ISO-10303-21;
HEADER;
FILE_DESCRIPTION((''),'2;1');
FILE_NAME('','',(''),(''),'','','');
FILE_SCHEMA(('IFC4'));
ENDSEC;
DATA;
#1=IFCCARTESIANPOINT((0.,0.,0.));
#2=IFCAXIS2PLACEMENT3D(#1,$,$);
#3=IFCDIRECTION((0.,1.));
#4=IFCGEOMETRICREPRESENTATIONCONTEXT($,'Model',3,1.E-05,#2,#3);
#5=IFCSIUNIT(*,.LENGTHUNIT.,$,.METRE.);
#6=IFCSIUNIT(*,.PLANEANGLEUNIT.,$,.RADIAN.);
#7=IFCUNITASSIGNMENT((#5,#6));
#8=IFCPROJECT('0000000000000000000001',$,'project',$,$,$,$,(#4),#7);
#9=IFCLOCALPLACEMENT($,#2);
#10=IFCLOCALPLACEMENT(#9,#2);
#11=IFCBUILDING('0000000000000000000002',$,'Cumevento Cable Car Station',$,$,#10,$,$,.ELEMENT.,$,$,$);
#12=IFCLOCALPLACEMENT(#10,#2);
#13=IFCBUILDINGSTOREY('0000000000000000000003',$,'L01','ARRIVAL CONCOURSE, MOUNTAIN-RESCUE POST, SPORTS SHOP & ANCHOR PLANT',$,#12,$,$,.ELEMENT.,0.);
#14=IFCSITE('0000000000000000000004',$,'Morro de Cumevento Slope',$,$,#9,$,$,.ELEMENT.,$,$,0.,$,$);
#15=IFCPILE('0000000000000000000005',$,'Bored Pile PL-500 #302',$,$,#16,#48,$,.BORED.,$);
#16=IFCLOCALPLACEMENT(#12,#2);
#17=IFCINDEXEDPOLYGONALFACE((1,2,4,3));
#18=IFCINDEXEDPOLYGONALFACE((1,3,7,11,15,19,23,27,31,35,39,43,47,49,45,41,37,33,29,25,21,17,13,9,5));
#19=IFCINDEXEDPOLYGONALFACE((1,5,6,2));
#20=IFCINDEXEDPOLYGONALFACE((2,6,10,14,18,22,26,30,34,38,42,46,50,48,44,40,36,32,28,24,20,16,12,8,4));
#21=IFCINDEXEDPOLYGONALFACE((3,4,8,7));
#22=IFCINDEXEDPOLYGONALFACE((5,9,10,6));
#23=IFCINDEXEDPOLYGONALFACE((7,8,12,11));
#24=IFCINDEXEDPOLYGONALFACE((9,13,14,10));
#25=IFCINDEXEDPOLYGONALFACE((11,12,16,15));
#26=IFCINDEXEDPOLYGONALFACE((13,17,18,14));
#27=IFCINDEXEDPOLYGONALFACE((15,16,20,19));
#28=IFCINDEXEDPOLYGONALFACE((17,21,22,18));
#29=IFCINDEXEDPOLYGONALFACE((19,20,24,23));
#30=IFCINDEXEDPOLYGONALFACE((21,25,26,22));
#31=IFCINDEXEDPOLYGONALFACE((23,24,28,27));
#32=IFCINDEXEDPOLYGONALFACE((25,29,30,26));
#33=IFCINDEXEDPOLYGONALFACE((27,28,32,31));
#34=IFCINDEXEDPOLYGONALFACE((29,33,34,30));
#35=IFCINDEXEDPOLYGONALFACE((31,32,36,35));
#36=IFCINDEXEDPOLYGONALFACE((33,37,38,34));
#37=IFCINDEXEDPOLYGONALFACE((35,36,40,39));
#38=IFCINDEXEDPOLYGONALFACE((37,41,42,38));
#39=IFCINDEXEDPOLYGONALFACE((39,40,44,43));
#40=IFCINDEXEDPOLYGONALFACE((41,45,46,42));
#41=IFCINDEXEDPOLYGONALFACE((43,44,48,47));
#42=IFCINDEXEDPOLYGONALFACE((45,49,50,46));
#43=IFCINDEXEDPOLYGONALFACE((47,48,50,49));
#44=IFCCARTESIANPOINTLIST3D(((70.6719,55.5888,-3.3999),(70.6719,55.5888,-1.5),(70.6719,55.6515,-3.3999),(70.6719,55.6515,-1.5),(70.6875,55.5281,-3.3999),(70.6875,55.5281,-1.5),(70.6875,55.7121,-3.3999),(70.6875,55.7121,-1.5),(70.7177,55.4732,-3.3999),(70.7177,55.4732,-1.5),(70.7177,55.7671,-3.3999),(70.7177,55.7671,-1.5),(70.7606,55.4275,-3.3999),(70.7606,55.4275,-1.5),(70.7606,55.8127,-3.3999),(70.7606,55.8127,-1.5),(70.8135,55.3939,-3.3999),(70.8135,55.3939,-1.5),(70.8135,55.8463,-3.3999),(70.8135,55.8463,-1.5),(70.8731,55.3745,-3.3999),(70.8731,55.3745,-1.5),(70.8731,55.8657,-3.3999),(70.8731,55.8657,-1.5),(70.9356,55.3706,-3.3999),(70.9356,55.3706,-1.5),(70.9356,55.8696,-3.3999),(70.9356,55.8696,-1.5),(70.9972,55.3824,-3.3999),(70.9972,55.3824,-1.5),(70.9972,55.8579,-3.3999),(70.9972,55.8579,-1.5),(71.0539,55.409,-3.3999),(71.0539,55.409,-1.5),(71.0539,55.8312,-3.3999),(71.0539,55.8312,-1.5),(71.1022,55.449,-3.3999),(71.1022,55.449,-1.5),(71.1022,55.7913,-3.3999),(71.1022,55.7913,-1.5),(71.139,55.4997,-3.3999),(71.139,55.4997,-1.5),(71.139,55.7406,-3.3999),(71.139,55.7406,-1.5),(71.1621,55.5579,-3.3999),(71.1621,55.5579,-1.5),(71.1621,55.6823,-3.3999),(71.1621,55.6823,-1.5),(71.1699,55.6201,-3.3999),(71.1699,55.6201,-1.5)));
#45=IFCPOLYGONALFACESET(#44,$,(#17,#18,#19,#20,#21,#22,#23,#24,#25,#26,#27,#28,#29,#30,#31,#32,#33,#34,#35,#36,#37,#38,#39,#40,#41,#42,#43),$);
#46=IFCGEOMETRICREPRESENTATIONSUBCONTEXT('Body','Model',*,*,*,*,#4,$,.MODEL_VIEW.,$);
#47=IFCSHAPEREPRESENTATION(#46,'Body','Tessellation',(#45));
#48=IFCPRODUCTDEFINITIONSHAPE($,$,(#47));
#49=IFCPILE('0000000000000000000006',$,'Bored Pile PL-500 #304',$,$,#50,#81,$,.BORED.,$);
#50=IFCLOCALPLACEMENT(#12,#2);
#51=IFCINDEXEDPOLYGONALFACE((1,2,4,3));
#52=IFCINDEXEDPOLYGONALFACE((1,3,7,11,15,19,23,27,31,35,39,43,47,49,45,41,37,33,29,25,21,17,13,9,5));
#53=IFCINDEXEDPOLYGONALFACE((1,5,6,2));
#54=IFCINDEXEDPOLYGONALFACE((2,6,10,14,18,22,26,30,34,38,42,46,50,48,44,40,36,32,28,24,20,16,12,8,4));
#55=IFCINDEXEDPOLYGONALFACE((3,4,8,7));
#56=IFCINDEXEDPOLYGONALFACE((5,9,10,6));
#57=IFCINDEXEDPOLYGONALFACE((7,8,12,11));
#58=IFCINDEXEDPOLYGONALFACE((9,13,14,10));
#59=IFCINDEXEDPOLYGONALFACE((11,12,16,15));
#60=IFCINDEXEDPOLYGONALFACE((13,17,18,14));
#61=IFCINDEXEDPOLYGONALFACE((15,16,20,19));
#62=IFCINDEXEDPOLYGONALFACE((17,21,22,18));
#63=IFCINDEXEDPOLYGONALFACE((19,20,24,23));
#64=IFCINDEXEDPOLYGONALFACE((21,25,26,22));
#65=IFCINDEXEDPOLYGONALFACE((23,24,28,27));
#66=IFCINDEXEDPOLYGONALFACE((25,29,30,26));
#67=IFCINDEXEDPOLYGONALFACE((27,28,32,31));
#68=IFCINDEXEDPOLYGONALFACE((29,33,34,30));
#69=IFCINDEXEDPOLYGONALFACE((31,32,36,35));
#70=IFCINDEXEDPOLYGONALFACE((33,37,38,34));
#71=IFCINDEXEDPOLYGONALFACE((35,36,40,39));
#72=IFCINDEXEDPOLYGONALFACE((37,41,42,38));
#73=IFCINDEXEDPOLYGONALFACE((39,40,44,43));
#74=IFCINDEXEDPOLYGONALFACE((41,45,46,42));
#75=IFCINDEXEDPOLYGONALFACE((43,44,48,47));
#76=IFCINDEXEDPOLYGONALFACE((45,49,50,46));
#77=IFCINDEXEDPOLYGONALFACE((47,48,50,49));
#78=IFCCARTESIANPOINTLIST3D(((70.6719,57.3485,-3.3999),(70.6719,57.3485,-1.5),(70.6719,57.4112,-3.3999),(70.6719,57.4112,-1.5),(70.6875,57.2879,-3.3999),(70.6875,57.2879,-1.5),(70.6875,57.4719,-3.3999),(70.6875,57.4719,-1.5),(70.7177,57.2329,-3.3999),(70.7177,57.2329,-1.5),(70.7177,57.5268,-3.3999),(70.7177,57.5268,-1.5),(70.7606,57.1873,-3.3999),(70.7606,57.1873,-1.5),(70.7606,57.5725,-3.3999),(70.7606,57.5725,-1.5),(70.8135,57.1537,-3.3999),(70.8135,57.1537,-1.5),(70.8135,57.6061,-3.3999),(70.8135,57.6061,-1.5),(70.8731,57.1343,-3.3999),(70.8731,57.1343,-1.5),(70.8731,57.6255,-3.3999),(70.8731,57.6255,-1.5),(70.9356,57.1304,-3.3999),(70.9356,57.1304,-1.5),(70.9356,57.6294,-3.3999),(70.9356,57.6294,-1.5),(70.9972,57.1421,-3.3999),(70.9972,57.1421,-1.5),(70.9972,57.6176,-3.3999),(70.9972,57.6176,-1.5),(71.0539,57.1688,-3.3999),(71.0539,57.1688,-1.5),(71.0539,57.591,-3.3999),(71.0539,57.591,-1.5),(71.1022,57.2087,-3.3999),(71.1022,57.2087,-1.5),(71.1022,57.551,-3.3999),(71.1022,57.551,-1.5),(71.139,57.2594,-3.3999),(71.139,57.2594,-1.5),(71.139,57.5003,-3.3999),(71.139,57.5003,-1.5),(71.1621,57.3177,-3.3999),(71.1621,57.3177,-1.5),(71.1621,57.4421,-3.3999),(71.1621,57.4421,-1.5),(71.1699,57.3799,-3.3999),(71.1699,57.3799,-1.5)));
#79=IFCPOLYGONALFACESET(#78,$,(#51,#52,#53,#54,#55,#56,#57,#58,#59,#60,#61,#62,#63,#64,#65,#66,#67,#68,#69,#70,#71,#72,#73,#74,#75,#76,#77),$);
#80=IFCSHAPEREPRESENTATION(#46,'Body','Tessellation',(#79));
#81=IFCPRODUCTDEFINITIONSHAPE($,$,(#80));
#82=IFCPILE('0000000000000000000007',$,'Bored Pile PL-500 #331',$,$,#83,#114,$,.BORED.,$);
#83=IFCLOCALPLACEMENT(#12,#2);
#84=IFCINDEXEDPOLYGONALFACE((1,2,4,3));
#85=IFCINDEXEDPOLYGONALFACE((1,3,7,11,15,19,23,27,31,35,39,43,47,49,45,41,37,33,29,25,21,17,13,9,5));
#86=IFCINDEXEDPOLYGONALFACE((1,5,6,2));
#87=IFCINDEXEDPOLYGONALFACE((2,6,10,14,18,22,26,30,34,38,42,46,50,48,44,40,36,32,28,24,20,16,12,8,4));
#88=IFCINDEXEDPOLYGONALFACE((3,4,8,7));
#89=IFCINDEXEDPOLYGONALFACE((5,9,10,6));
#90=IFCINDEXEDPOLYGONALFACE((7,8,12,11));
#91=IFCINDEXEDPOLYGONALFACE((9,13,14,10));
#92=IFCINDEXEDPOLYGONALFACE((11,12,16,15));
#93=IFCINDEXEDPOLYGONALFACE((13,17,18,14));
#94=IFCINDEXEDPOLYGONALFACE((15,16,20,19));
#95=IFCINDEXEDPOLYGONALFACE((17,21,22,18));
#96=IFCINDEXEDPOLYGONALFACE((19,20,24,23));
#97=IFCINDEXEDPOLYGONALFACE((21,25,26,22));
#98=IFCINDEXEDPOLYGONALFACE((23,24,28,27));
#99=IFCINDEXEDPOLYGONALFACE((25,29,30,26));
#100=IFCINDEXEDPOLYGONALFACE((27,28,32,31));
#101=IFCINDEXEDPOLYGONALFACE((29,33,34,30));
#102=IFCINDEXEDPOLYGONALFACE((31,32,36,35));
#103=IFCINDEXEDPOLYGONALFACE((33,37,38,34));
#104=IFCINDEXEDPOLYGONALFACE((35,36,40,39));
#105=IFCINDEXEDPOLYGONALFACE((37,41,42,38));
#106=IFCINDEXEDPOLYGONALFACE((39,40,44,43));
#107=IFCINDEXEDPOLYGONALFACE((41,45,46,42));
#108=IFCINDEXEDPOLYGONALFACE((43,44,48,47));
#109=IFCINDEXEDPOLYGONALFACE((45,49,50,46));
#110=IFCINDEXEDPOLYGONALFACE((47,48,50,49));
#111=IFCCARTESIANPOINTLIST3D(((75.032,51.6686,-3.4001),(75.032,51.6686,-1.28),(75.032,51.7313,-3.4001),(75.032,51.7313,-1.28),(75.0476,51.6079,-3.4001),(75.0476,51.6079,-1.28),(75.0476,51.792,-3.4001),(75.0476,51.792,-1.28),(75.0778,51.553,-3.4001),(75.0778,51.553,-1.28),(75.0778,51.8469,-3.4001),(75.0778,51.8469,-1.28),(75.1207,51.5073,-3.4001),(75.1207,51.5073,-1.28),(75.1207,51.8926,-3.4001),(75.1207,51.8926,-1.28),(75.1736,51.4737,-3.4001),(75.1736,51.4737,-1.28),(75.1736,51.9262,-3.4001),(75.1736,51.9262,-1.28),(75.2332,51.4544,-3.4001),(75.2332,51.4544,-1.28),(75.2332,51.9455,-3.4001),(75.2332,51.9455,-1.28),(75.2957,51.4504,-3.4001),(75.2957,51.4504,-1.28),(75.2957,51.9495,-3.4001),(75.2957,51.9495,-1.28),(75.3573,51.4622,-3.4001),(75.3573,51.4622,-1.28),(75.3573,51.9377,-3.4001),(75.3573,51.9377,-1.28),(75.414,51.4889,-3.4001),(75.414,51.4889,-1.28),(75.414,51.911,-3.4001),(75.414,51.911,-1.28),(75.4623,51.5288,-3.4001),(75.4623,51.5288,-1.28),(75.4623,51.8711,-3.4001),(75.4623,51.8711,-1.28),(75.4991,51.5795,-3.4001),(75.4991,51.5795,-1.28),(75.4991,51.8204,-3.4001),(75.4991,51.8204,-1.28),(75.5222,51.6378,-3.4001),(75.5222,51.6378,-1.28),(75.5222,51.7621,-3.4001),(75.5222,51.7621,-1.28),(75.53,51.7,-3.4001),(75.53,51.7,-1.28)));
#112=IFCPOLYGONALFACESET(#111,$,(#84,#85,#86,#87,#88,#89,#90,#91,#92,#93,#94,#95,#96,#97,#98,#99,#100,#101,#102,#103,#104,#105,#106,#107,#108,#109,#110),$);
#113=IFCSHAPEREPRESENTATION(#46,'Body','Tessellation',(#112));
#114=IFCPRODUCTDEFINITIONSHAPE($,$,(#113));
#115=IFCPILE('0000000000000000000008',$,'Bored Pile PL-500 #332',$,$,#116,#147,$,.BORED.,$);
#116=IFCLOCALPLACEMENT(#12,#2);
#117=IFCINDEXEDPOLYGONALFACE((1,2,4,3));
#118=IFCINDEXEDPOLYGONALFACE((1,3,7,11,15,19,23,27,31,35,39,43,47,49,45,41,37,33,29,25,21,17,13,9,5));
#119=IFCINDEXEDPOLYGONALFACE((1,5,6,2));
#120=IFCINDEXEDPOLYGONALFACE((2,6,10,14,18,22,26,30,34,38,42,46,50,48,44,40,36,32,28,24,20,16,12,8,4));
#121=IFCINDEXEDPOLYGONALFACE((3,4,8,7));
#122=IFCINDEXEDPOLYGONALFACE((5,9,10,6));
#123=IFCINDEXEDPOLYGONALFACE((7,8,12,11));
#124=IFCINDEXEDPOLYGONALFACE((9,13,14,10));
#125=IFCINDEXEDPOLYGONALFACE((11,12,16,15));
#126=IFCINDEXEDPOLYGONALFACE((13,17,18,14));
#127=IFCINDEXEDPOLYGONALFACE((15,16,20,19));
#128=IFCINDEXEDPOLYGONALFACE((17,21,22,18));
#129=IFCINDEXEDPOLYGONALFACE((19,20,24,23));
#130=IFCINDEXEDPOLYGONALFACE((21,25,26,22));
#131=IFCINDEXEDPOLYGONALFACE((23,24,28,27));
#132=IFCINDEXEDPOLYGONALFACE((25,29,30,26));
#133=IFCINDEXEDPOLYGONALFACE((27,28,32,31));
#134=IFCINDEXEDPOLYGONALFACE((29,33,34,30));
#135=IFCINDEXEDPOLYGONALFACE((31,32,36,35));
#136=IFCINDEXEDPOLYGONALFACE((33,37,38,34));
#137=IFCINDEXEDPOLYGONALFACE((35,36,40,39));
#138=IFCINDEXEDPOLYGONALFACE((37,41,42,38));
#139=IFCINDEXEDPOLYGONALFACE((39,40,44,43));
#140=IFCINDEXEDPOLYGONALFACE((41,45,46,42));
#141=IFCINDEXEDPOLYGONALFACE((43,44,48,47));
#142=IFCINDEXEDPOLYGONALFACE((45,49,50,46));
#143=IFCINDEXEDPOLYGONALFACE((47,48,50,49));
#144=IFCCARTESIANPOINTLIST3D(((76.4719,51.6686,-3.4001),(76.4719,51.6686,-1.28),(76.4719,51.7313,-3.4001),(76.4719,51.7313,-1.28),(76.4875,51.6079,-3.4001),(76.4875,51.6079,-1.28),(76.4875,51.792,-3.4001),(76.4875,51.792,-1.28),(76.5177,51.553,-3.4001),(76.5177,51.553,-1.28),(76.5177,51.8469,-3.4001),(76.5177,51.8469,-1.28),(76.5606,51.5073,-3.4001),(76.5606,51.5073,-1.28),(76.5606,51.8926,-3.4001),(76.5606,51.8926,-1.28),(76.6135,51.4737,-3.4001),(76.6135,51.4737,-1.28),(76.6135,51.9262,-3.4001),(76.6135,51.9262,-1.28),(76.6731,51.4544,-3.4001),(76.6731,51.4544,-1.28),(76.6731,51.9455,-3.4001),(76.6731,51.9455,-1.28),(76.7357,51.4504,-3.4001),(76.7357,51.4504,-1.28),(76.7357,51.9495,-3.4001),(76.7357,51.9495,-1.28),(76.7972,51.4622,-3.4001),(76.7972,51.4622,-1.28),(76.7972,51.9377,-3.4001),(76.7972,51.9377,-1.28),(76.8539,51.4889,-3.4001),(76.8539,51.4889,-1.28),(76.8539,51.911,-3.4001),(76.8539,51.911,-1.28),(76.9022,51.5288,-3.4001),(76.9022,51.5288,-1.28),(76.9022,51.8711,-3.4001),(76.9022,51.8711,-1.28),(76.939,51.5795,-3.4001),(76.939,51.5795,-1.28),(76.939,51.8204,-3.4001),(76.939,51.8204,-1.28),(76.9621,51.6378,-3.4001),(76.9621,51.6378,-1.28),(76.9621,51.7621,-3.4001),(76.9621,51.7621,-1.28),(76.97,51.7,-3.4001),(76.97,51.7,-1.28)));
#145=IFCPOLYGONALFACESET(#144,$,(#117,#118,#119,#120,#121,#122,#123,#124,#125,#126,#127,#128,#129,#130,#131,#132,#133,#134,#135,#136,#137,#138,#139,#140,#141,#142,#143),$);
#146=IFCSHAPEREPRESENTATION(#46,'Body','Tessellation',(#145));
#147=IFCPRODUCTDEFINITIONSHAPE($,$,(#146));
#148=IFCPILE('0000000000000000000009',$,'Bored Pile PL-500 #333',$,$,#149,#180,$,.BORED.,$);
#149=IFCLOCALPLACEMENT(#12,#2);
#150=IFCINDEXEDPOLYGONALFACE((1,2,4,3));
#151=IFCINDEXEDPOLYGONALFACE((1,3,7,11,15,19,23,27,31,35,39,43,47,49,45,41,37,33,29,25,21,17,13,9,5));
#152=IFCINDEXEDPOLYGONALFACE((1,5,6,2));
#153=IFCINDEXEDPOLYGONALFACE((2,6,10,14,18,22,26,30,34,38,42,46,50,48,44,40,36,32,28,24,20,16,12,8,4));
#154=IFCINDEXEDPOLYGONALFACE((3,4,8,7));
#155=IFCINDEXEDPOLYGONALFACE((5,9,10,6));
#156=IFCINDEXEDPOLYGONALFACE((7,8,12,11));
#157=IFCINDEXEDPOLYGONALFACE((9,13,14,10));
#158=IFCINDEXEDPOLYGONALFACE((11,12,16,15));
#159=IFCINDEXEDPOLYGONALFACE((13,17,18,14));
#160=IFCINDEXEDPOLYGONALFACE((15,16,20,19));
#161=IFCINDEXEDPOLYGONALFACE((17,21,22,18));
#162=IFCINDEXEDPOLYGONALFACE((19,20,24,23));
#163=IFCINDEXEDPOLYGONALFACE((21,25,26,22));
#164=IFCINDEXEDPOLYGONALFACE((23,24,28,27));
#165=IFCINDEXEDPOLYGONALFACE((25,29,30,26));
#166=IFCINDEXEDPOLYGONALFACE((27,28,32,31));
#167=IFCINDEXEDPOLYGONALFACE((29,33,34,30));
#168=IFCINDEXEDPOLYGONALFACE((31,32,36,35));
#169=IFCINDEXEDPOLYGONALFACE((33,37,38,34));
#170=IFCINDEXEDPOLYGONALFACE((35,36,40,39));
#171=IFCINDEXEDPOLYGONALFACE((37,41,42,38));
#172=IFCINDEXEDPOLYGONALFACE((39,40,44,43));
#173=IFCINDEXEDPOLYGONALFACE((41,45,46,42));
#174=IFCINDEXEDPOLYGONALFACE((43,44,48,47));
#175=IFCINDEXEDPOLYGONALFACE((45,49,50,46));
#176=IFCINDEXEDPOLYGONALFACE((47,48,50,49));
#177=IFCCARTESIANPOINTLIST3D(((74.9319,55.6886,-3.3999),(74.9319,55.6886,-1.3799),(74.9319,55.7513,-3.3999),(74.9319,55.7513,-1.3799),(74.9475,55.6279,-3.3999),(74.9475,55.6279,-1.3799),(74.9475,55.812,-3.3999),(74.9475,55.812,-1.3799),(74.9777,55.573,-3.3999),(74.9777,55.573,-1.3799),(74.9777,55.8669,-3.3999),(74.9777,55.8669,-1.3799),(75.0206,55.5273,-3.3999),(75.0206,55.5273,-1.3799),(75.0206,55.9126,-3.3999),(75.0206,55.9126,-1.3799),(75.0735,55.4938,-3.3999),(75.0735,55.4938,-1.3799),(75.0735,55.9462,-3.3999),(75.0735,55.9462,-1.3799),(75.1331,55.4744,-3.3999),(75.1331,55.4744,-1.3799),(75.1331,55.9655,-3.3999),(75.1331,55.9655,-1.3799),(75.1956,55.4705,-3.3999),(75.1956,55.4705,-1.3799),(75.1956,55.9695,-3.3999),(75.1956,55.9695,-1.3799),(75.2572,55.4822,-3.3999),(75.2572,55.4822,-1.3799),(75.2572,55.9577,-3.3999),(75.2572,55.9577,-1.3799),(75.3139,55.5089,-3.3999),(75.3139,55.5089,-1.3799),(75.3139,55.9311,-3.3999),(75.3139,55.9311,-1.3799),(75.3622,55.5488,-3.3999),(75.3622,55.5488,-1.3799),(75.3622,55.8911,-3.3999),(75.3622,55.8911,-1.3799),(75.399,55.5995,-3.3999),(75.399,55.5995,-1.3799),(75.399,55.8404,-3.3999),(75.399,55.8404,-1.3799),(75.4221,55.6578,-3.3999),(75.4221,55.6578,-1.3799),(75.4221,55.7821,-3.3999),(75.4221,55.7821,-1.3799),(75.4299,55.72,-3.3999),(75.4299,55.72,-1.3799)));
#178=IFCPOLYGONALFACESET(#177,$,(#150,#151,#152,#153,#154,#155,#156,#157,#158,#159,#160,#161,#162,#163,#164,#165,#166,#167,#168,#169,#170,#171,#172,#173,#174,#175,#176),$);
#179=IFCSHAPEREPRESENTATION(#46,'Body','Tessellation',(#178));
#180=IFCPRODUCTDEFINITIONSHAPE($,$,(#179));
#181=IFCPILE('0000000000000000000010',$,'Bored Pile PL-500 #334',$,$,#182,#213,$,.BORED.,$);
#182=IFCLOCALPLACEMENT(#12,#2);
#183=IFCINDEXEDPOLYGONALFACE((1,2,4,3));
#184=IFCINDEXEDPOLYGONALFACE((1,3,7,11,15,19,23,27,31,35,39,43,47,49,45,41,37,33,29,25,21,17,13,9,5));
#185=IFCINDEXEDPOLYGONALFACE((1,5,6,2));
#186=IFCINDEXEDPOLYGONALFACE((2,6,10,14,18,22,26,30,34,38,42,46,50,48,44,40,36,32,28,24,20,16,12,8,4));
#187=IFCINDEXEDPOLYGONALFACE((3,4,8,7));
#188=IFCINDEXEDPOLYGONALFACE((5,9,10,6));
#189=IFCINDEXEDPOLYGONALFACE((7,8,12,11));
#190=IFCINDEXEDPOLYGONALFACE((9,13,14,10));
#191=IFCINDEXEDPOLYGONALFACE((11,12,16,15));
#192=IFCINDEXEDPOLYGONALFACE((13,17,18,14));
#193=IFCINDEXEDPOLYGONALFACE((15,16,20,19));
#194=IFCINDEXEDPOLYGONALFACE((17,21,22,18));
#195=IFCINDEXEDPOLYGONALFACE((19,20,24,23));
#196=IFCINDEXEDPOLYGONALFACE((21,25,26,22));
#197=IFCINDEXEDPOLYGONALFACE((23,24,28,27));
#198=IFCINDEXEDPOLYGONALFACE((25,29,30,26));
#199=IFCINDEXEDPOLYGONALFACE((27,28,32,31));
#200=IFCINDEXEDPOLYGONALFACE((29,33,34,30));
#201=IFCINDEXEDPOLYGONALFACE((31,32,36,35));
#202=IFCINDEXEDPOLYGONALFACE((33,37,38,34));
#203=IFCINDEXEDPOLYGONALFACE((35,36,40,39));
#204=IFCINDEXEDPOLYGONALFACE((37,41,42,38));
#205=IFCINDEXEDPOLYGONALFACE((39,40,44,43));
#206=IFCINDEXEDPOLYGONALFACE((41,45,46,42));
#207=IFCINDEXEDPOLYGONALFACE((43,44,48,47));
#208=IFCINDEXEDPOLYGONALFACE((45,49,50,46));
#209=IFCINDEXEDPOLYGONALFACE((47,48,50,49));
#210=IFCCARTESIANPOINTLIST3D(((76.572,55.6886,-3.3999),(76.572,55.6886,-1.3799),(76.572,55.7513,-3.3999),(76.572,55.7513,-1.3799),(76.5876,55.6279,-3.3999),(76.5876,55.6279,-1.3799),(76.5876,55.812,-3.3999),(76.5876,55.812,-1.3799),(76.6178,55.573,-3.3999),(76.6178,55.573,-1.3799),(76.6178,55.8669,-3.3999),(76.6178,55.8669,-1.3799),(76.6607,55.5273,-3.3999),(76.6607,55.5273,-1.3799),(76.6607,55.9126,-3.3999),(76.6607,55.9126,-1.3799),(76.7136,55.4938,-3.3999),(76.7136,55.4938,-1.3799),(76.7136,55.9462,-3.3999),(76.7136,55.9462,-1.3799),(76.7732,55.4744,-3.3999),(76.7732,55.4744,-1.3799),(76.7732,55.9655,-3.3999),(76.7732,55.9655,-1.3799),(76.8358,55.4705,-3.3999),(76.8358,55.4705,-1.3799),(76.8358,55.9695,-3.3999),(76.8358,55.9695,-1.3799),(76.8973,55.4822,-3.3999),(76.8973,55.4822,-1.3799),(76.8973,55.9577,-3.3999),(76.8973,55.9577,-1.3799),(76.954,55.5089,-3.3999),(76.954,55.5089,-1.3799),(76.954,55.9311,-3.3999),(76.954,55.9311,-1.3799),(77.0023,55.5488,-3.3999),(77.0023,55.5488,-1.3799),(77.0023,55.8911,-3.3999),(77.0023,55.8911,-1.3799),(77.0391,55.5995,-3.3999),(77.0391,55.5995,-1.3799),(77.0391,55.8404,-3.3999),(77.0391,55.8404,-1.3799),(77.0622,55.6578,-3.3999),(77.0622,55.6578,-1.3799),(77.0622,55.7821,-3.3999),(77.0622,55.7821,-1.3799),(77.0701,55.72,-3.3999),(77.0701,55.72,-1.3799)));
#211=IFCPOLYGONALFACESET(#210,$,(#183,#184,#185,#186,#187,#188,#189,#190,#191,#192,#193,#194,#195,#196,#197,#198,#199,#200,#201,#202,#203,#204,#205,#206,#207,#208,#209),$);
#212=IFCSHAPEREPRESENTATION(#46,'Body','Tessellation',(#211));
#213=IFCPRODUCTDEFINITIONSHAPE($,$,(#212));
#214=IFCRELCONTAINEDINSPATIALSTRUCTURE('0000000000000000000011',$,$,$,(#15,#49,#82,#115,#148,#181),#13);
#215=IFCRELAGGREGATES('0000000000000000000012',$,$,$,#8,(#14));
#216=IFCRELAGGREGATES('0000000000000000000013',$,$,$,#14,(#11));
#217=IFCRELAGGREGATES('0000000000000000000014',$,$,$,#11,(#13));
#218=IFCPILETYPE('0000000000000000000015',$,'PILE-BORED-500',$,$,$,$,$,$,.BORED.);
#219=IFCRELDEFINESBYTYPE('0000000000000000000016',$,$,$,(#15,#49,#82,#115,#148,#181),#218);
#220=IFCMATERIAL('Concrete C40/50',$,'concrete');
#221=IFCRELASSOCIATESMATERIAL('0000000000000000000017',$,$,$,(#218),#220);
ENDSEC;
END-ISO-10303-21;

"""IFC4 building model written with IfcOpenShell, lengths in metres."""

from ifc_helpers import new_model, si_unit, direction, frame, origin, origin_2d, place, context, subcontext, project, spatial, circle, extrude, material, material_profile, profile_set, type_object, element, save


model = new_model("IFC4")

# Units and contexts
model_context = context("Model", 3, precision=1e-05, world=origin(), true_north=direction((0.0, 1.0)))
body_context = subcontext(model_context, "Body", "Model", "MODEL_VIEW")
ifc_project = project(units=[si_unit("LENGTHUNIT", "METRE"), si_unit("PLANEANGLEUNIT", "RADIAN")], contexts=[model_context])

# Site, building, storey
site_placement = place(None, origin())
site = spatial("IfcSite", under=ifc_project, at=site_placement, Name="Morro de Cumevento Slope", CompositionType="ELEMENT", RefElevation=0.0)
building_placement = place(site_placement, origin())
building = spatial("IfcBuilding", under=site, at=building_placement, Name="Cumevento Cable Car Station", CompositionType="ELEMENT")
storey_placement = place(building_placement, origin())
storey = spatial("IfcBuildingStorey", under=building, at=storey_placement, Name="L01", Description="ARRIVAL CONCOURSE, MOUNTAIN-RESCUE POST, SPORTS SHOP & ANCHOR PLANT", CompositionType="ELEMENT", Elevation=0.0)

# Piles
ifc_material_1 = material(Name="Concrete C40/50", Category="concrete")
ifc_material_profile_1 = material_profile(ifc_material_1, circle(Radius=0.25, at=origin_2d()), Name="PILE-D500")
ifc_profile_set_1 = profile_set([ifc_material_profile_1], Name="Concrete C40/50")
pile_type = type_object("IfcPileType", Name="PILE-BORED-500", PredefinedType="BORED", material=ifc_profile_set_1)
for number, where, z_axis, x_axis, name in (
    (1, (70.9199, 55.6201, -1.5), (0.0, 0.0, -1.0), (1.0, 0.0, 0.0), "Bored Pile PL-500 #302"),
    (2, (70.9199, 57.3799, -1.5), (0.0, 0.0, -1.0), (1.0, 0.0, 0.0), "Bored Pile PL-500 #304"),
):
    element("IfcPile", number, at=place(storey_placement, frame(where, z_axis=z_axis, x_axis=x_axis)), inside=storey, type_object=pile_type, Name=name, PredefinedType="BORED", context=body_context, shape_type="SweptSolid", body=[
        extrude(circle(Radius=0.25, at=origin_2d()), origin(), (0.0, 0.0, 1.0), 1.8999),
    ])
for number, where, z_axis, x_axis, name in (
    (3, (75.28, 51.7, -1.28), (0.0, 0.0, -1.0), (1.0, 0.0, 0.0), "Bored Pile PL-500 #331"),
    (4, (76.72, 51.7, -1.28), (0.0, 0.0, -1.0), (1.0, 0.0, 0.0), "Bored Pile PL-500 #332"),
):
    element("IfcPile", number, at=place(storey_placement, frame(where, z_axis=z_axis, x_axis=x_axis)), inside=storey, type_object=pile_type, Name=name, PredefinedType="BORED", context=body_context, shape_type="SweptSolid", body=[
        extrude(circle(Radius=0.25, at=origin_2d()), origin(), (0.0, 0.0, 1.0), 2.1201),
    ])
for number, where, z_axis, x_axis, name in (
    (5, (75.1799, 55.72, -1.3799), (0.0, 0.0, -1.0), (1.0, 0.0, 0.0), "Bored Pile PL-500 #333"),
    (6, (76.8201, 55.72, -1.3799), (0.0, 0.0, -1.0), (1.0, 0.0, 0.0), "Bored Pile PL-500 #334"),
):
    element("IfcPile", number, at=place(storey_placement, frame(where, z_axis=z_axis, x_axis=x_axis)), inside=storey, type_object=pile_type, Name=name, PredefinedType="BORED", context=body_context, shape_type="SweptSolid", body=[
        extrude(circle(Radius=0.25, at=origin_2d()), origin(), (0.0, 0.0, 1.0), 2.02),
    ])

save(model, "model.ifc")
